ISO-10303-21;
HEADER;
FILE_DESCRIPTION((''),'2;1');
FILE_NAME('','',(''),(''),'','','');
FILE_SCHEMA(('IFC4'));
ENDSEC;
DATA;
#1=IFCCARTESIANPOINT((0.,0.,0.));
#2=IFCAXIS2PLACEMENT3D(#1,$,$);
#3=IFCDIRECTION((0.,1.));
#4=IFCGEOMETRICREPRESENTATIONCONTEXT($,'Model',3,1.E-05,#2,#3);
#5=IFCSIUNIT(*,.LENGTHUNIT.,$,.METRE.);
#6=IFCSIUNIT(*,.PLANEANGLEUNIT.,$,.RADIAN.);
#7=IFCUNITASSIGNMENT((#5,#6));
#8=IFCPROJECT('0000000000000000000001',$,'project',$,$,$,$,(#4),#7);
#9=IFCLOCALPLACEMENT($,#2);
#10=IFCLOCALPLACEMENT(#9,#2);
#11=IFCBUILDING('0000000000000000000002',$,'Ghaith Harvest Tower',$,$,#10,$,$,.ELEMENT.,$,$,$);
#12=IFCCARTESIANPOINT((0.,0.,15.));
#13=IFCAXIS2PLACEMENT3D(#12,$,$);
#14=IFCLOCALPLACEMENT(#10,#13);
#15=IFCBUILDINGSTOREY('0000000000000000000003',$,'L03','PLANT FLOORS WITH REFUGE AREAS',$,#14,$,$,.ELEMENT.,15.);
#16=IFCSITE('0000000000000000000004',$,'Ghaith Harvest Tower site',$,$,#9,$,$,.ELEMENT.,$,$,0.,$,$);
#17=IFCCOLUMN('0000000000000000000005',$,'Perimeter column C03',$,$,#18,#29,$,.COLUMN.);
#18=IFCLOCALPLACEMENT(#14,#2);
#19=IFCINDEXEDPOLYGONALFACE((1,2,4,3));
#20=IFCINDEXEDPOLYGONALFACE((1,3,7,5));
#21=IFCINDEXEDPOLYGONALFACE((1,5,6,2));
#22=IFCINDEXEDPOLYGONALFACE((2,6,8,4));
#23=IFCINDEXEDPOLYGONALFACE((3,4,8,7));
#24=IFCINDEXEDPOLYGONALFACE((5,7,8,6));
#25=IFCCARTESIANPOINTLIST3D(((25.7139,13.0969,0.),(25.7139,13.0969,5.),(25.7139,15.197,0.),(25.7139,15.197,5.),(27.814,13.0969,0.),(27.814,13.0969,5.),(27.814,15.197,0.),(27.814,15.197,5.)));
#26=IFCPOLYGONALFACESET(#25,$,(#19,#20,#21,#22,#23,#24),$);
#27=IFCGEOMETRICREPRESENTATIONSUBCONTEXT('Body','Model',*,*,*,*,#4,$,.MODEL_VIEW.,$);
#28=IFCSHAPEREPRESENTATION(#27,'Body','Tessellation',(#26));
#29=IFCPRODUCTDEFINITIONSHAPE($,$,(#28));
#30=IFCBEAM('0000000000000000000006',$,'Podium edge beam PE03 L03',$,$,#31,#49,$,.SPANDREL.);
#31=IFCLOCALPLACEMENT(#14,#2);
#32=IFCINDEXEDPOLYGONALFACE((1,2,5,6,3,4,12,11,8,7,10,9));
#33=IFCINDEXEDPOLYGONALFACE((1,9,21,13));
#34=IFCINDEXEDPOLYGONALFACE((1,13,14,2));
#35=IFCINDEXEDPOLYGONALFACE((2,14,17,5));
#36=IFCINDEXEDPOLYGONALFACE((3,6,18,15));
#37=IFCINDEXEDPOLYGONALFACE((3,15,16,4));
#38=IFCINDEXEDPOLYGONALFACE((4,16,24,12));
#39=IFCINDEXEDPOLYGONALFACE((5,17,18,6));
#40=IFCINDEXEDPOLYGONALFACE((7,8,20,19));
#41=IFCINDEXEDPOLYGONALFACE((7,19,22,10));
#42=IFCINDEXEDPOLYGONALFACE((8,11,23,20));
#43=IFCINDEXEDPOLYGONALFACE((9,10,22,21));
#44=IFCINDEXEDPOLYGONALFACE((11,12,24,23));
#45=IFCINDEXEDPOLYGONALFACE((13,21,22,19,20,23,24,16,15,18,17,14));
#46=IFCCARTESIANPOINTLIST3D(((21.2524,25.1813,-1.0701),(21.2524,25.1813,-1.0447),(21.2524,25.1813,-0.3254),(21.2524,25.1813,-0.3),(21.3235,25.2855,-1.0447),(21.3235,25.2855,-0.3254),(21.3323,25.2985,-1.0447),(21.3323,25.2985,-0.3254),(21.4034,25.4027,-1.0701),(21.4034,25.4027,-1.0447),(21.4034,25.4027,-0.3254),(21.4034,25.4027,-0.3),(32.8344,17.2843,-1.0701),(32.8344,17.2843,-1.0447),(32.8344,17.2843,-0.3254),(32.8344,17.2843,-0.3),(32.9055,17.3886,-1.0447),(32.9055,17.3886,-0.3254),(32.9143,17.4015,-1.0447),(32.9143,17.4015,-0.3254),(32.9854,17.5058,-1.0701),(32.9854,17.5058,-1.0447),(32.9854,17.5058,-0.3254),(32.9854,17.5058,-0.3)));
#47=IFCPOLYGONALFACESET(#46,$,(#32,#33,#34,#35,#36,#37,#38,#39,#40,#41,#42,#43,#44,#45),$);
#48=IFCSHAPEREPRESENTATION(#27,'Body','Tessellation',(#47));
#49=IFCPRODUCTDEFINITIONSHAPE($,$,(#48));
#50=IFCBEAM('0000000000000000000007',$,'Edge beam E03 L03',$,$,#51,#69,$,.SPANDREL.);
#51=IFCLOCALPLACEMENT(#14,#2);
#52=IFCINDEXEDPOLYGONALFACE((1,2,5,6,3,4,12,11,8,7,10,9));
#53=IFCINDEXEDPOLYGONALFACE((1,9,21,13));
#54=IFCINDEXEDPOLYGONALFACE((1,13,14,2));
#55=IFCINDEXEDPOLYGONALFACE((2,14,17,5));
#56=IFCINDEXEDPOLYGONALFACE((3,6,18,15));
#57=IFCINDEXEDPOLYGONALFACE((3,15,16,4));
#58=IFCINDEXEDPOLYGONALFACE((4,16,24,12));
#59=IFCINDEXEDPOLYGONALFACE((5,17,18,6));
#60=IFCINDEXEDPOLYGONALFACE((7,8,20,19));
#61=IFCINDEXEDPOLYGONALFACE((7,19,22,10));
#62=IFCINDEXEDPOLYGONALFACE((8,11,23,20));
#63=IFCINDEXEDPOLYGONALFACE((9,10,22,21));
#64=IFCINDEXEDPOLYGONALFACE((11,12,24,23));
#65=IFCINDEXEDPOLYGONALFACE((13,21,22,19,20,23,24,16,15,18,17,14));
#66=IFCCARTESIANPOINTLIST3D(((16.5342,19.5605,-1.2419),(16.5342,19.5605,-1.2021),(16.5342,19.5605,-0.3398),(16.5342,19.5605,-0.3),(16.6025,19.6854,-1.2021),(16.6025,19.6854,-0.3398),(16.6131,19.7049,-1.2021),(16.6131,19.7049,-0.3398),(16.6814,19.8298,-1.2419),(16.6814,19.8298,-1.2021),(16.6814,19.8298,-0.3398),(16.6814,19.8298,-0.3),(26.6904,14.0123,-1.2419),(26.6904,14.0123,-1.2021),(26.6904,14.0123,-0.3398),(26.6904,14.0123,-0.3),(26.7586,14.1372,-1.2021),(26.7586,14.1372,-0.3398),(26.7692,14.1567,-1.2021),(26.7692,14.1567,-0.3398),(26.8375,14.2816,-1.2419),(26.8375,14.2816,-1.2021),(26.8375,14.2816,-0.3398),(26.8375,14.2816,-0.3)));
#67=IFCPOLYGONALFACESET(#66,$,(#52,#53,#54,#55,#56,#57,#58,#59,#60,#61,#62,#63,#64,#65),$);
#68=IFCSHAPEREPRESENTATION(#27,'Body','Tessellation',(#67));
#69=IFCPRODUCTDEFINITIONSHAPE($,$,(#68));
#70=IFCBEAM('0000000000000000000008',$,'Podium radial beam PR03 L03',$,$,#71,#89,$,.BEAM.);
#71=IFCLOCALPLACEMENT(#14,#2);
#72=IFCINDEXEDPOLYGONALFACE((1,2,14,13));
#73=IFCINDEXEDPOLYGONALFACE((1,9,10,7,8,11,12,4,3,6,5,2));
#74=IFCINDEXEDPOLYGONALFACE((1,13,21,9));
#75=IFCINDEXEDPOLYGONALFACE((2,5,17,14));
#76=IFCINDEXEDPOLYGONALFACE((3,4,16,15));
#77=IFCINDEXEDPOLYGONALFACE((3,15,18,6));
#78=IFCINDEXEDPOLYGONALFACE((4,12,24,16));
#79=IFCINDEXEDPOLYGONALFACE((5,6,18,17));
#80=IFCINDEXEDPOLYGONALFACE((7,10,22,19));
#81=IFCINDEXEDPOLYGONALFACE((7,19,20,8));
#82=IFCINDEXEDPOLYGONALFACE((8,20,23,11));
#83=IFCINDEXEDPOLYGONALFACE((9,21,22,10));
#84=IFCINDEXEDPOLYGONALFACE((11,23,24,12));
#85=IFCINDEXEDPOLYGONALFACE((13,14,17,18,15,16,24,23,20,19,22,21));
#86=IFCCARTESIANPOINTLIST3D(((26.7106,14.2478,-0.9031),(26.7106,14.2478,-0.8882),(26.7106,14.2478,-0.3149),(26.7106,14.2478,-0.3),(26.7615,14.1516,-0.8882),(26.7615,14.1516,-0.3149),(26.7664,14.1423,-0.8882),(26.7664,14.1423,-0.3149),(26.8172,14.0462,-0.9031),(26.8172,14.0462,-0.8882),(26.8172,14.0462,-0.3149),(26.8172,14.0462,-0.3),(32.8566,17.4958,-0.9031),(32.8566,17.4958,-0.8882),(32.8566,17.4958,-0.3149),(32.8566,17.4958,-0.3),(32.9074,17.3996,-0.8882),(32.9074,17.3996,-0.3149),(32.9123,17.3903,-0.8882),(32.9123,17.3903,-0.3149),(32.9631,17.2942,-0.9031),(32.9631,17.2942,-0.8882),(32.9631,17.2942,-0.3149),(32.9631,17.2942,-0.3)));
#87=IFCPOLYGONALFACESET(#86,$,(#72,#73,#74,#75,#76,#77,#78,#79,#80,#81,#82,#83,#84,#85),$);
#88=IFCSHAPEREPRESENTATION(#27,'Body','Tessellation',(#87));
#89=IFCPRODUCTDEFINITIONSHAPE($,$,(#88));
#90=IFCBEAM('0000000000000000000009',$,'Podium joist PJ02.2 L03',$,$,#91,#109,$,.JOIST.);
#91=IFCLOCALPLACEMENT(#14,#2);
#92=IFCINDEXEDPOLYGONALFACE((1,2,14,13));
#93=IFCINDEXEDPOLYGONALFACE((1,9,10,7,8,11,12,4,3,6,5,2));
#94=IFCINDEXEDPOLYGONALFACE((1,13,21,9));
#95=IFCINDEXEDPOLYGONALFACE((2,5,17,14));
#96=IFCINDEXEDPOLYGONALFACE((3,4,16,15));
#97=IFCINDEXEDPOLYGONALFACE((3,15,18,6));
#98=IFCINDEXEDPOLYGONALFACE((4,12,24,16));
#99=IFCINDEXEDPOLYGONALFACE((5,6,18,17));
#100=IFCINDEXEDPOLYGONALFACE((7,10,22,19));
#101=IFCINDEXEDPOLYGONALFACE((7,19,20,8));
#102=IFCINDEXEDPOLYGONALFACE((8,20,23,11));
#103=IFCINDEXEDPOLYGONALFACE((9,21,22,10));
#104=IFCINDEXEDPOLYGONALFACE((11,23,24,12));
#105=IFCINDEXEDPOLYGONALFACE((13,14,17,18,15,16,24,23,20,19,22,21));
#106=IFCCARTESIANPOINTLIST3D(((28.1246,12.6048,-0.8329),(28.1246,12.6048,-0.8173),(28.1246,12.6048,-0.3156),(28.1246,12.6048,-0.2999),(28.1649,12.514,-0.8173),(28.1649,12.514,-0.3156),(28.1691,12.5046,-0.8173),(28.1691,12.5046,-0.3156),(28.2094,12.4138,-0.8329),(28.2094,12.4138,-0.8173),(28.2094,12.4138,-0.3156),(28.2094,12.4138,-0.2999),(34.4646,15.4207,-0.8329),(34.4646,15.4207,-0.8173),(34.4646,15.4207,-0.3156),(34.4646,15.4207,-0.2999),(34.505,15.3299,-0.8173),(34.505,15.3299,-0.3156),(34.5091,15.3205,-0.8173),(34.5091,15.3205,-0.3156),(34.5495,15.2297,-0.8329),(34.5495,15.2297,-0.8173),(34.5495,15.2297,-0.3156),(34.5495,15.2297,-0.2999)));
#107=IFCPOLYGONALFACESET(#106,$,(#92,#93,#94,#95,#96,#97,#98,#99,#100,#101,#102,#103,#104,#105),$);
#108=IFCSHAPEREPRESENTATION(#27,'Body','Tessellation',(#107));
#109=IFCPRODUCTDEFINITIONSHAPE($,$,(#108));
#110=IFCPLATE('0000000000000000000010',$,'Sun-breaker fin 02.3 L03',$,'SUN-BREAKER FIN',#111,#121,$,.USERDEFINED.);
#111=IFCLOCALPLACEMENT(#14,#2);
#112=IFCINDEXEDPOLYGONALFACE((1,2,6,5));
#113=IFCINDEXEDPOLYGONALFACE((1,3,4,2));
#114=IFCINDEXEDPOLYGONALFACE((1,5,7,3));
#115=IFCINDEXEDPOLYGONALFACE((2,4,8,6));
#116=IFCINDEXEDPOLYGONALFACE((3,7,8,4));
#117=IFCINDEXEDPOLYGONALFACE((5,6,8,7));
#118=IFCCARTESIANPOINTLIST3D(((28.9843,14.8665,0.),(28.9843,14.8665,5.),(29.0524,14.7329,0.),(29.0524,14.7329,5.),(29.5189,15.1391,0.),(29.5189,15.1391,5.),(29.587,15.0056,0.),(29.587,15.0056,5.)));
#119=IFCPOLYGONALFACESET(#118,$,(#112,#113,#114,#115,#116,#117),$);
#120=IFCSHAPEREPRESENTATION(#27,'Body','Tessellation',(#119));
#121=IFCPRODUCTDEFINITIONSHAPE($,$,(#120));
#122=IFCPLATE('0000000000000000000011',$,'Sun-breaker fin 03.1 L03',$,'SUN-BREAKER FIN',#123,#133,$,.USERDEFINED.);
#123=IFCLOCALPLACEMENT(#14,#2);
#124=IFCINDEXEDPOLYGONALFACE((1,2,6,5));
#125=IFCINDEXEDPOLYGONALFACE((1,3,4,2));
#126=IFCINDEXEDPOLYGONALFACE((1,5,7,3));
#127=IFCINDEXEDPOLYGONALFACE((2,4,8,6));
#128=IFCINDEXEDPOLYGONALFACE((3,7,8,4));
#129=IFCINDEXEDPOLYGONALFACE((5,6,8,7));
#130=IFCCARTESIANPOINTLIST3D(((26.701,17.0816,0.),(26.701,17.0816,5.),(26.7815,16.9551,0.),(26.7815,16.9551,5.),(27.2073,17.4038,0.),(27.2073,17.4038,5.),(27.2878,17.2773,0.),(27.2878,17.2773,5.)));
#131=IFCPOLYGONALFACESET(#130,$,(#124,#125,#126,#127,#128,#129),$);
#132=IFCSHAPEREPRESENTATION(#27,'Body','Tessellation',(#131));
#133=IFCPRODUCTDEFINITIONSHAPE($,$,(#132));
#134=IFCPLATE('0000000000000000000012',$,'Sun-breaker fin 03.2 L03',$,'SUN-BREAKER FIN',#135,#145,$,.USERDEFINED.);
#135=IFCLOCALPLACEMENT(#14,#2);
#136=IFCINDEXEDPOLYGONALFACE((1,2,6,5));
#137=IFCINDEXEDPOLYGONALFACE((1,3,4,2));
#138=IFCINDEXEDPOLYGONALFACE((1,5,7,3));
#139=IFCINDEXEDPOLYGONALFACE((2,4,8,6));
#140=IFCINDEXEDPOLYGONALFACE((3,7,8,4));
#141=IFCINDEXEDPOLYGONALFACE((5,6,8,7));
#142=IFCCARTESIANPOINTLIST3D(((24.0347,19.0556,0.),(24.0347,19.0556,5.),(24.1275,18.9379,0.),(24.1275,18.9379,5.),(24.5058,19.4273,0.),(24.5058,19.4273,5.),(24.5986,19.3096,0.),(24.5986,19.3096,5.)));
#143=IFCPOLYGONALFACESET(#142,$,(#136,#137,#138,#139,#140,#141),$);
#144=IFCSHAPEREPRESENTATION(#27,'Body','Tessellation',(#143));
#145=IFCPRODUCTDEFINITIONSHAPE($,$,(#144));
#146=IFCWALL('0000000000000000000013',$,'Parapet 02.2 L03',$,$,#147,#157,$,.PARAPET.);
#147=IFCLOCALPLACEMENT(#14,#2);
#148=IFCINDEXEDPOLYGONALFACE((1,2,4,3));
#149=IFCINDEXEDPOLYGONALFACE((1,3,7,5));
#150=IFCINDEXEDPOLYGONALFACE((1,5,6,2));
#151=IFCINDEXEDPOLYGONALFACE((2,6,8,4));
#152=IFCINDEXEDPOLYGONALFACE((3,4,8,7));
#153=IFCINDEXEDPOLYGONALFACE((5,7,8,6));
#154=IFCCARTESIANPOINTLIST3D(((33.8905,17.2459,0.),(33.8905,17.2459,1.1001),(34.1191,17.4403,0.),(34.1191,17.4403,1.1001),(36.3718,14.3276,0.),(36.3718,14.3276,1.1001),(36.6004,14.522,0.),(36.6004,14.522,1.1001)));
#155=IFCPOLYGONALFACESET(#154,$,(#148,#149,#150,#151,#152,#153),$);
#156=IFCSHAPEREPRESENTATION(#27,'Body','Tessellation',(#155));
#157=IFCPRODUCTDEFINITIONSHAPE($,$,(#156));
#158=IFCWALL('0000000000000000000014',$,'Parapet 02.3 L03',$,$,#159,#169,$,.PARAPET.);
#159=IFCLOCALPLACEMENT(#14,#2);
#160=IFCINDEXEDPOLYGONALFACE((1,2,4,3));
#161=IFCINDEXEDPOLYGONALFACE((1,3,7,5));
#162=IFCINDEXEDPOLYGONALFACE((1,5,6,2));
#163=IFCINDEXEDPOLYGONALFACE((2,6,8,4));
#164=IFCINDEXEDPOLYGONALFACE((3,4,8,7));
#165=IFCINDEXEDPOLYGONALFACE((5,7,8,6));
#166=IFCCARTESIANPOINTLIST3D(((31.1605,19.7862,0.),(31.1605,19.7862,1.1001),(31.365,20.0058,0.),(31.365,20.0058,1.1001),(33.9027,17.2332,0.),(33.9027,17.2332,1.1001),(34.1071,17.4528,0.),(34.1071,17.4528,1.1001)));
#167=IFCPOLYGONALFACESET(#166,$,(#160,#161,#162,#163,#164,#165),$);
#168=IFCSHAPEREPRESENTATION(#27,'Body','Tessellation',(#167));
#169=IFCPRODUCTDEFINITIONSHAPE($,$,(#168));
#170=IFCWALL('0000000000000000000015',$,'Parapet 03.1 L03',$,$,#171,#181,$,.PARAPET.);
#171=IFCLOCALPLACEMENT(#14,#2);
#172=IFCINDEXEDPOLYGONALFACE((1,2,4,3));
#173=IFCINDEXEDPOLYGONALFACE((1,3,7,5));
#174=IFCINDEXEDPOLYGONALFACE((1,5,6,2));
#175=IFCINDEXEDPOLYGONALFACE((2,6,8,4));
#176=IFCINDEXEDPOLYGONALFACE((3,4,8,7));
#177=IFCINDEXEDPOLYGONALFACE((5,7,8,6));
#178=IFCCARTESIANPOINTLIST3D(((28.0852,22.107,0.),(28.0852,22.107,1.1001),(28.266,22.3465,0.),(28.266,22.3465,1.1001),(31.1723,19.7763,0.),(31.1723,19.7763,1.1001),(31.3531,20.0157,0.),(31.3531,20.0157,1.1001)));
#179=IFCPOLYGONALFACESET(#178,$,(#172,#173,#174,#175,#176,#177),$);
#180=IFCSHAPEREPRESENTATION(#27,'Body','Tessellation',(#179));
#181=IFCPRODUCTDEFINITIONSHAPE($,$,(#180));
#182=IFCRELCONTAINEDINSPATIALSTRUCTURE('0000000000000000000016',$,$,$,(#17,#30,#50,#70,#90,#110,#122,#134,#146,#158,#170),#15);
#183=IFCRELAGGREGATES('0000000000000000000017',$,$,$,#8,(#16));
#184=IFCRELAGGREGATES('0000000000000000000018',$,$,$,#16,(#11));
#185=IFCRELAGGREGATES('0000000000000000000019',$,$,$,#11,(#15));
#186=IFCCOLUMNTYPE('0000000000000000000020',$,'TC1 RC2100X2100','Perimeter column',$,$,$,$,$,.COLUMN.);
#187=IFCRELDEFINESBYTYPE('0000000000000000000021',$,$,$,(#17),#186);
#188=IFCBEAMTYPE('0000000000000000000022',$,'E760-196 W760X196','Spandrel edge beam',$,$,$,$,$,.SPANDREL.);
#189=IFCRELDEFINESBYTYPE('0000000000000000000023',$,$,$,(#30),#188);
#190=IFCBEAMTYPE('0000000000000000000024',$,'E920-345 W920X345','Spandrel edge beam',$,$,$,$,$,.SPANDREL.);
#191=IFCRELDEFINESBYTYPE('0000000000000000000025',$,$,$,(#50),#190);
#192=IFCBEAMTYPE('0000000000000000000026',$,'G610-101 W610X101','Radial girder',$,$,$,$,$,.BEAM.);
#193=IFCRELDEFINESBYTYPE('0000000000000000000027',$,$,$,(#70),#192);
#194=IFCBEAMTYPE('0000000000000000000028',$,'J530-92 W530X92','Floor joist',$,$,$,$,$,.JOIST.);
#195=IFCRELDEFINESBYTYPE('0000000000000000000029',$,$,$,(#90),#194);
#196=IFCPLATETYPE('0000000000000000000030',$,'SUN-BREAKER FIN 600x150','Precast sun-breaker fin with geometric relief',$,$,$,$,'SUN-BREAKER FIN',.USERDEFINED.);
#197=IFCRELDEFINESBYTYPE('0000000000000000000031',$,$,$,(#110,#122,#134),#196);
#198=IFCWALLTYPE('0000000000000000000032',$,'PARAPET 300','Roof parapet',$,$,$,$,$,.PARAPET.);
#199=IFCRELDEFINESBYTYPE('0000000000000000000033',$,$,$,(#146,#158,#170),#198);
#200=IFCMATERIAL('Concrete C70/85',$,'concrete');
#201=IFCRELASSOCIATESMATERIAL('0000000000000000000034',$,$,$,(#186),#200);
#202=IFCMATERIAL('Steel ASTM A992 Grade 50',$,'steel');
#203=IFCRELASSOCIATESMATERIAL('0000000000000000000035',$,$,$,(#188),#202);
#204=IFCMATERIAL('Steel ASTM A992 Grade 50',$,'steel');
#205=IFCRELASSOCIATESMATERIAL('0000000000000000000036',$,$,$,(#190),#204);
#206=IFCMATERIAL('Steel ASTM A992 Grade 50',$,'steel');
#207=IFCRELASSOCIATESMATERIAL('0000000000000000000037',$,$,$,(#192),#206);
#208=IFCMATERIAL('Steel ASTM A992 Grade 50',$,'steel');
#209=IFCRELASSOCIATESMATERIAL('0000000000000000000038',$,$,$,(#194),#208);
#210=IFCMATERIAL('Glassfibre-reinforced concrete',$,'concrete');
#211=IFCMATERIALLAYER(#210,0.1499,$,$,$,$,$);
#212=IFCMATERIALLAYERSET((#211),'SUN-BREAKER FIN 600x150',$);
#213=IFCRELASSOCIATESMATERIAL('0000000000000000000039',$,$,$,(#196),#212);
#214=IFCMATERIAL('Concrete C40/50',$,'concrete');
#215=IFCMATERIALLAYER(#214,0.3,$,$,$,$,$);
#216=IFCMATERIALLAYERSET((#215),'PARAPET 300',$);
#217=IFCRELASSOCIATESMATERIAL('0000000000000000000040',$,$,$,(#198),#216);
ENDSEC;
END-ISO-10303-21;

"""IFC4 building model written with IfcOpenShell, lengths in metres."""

from ifc_helpers import new_model, si_unit, direction, frame, frame_2d, origin, origin_2d, place, context, subcontext, project, spatial, rectangle, i_section, extrude, material, layer, layer_set, material_profile, profile_set, type_object, element, save


model = new_model("IFC4")

# Units and contexts
model_context = context("Model", 3, precision=1e-05, world=origin(), true_north=direction((0.0, 1.0)))
body_context = subcontext(model_context, "Body", "Model", "MODEL_VIEW")
ifc_project = project(units=[si_unit("LENGTHUNIT", "METRE"), si_unit("PLANEANGLEUNIT", "RADIAN")], contexts=[model_context])

# Site, building, storey
site_placement = place(None, origin())
site = spatial("IfcSite", under=ifc_project, at=site_placement, Name="Ghaith Harvest Tower site", CompositionType="ELEMENT", RefElevation=0.0)
building_placement = place(site_placement, origin())
building = spatial("IfcBuilding", under=site, at=building_placement, Name="Ghaith Harvest Tower", CompositionType="ELEMENT")
storey_placement = place(building_placement, frame((0.0, 0.0, 15.0)))
storey = spatial("IfcBuildingStorey", under=building, at=storey_placement, Name="L03", Description="PLANT FLOORS WITH REFUGE AREAS", CompositionType="ELEMENT", Elevation=15.0)

# Column
ifc_material_1 = material(Name="Concrete C70/85", Category="concrete")
ifc_material_profile_1 = material_profile(ifc_material_1, rectangle(XDim=2.1001, YDim=2.1001, at=origin_2d()), Name="RC2100X2100")
ifc_profile_set_1 = profile_set([ifc_material_profile_1], Name="Concrete C70/85")
column_type = type_object("IfcColumnType", Name="TC1 RC2100X2100", Description="Perimeter column", PredefinedType="COLUMN", material=ifc_profile_set_1)
column_placement = place(storey_placement, frame((26.7639, 14.147, 0.0), z_axis=(0.0, 0.0, 1.0), x_axis=(1.0, 0.0, 0.0)))
element("IfcColumn", 1, at=column_placement, inside=storey, type_object=column_type, Name="Perimeter column C03", PredefinedType="COLUMN", context=body_context, shape_type="SweptSolid", body=[
    extrude(rectangle(XDim=2.1001, YDim=2.1001, at=origin_2d()), origin(), (0.0, 0.0, 1.0), 5.0),
])

# Beams
ifc_material_2 = material(Name="Steel ASTM A992 Grade 50", Category="steel")
ifc_material_profile_2 = material_profile(ifc_material_2, i_section(OverallWidth=0.2681, OverallDepth=0.77, WebThickness=0.0156, FlangeThickness=0.0254, at=origin_2d()), Name="W760X196")
ifc_profile_set_2 = profile_set([ifc_material_profile_2], Name="Steel ASTM A992 Grade 50")
beam_type_1 = type_object("IfcBeamType", Name="E760-196 W760X196", Description="Spandrel edge beam", PredefinedType="SPANDREL", material=ifc_profile_set_2)
beam_1_placement = place(storey_placement, frame((32.9099, 17.395, -0.6851), z_axis=(-0.826223, 0.563343, 0.0), x_axis=(-0.563343, -0.826223, 0.0)))
element("IfcBeam", 2, at=beam_1_placement, inside=storey, type_object=beam_type_1, Name="Podium edge beam PE03 L03", PredefinedType="SPANDREL", context=body_context, shape_type="SweptSolid", body=[
    extrude(i_section(OverallWidth=0.2681, OverallDepth=0.77, WebThickness=0.0156, FlangeThickness=0.0254, at=origin_2d()), origin(), (0.0, 0.0, 1.0), 14.0181),
])
ifc_material_3 = material(Name="Steel ASTM A992 Grade 50", Category="steel")
ifc_material_profile_3 = material_profile(ifc_material_3, i_section(OverallWidth=0.3069, OverallDepth=0.9419, WebThickness=0.0222, FlangeThickness=0.0398, at=origin_2d()), Name="W920X345")
ifc_profile_set_3 = profile_set([ifc_material_profile_3], Name="Steel ASTM A992 Grade 50")
beam_type_2 = type_object("IfcBeamType", Name="E920-345 W920X345", Description="Spandrel edge beam", PredefinedType="SPANDREL", material=ifc_profile_set_3)
beam_2_placement = place(storey_placement, frame((26.7639, 14.147, -0.771), z_axis=(-0.877588, 0.479415, 0.0), x_axis=(-0.479415, -0.877588, 0.0)))
element("IfcBeam", 3, at=beam_2_placement, inside=storey, type_object=beam_type_2, Name="Edge beam E03 L03", PredefinedType="SPANDREL", context=body_context, shape_type="SweptSolid", body=[
    extrude(i_section(OverallWidth=0.3069, OverallDepth=0.9419, WebThickness=0.0222, FlangeThickness=0.0398, at=origin_2d()), origin(), (0.0, 0.0, 1.0), 11.5728),
])
ifc_material_4 = material(Name="Steel ASTM A992 Grade 50", Category="steel")
ifc_material_profile_4 = material_profile(ifc_material_4, i_section(OverallWidth=0.228, OverallDepth=0.603, WebThickness=0.0105, FlangeThickness=0.0149, at=origin_2d()), Name="W610X101")
ifc_profile_set_4 = profile_set([ifc_material_profile_4], Name="Steel ASTM A992 Grade 50")
beam_type_3 = type_object("IfcBeamType", Name="G610-101 W610X101", Description="Radial girder", PredefinedType="BEAM", material=ifc_profile_set_4)
beam_3_placement = place(storey_placement, frame((26.7639, 14.147, -0.6016), z_axis=(0.884128, 0.467245, 0.0), x_axis=(-0.467245, 0.884128, 0.0)))
element("IfcBeam", 4, at=beam_3_placement, inside=storey, type_object=beam_type_3, Name="Podium radial beam PR03 L03", PredefinedType="BEAM", context=body_context, shape_type="SweptSolid", body=[
    extrude(i_section(OverallWidth=0.228, OverallDepth=0.603, WebThickness=0.0105, FlangeThickness=0.0149, at=origin_2d()), origin(), (0.0, 0.0, 1.0), 6.9514),
])
ifc_material_5 = material(Name="Steel ASTM A992 Grade 50", Category="steel")
ifc_material_profile_5 = material_profile(ifc_material_5, i_section(OverallWidth=0.209, OverallDepth=0.533, WebThickness=0.0103, FlangeThickness=0.0156, at=origin_2d()), Name="W530X92")
ifc_profile_set_5 = profile_set([ifc_material_profile_5], Name="Steel ASTM A992 Grade 50")
beam_type_4 = type_object("IfcBeamType", Name="J530-92 W530X92", Description="Floor joist", PredefinedType="JOIST", material=ifc_profile_set_5)
beam_4_placement = place(storey_placement, frame((28.167, 12.5093, -0.5664), z_axis=(0.913913, 0.40591, 0.0), x_axis=(-0.40591, 0.913913, 0.0)))
element("IfcBeam", 5, at=beam_4_placement, inside=storey, type_object=beam_type_4, Name="Podium joist PJ02.2 L03", PredefinedType="JOIST", context=body_context, shape_type="SweptSolid", body=[
    extrude(i_section(OverallWidth=0.209, OverallDepth=0.533, WebThickness=0.0103, FlangeThickness=0.0156, at=origin_2d()), origin(), (0.0, 0.0, 1.0), 6.9373),
])

# Plates
ifc_material_6 = material(Name="Glassfibre-reinforced concrete", Category="concrete")
ifc_layer_1 = layer(ifc_material_6, 0.1499)
ifc_layer_set_1 = layer_set([ifc_layer_1], Name="SUN-BREAKER FIN 600x150")
plate_type = type_object("IfcPlateType", Name="SUN-BREAKER FIN 600x150", Description="Precast sun-breaker fin with geometric relief", ElementType="SUN-BREAKER FIN", PredefinedType="USERDEFINED", material=ifc_layer_set_1)
for number, where, z_axis, x_axis, name in (
    (6, (29.2856, 14.936, 0.0), (0.0, 0.0, 1.0), (0.890831, 0.454335, 0.0), "Sun-breaker fin 02.3 L03"),
    (7, (26.9944, 17.1794, 0.0), (0.0, 0.0, 1.0), (0.843644, 0.536903, 0.0), "Sun-breaker fin 03.1 L03"),
    (8, (24.3167, 19.1826, 0.0), (0.0, 0.0, 1.0), (0.785115, 0.61935, 0.0), "Sun-breaker fin 03.2 L03"),
):
    element("IfcPlate", number, at=place(storey_placement, frame(where, z_axis=z_axis, x_axis=x_axis)), inside=storey, type_object=plate_type, Name=name, ObjectType="SUN-BREAKER FIN", PredefinedType="USERDEFINED", context=body_context, shape_type="SweptSolid", body=[
        extrude(rectangle(XDim=0.6001, YDim=0.1499, at=origin_2d()), origin(), (0.0, 0.0, 1.0), 5.0),
    ])

# Walls
ifc_material_7 = material(Name="Concrete C40/50", Category="concrete")
ifc_layer_2 = layer(ifc_material_7, 0.3)
ifc_layer_set_2 = layer_set([ifc_layer_2], Name="PARAPET 300")
wall_type_1 = type_object("IfcWallType", Name="PARAPET 300", Description="Roof parapet", PredefinedType="PARAPET", material=ifc_layer_set_2)
wall_1_placement = place(storey_placement, frame((36.4861, 14.4248, 0.0), z_axis=(0.0, 0.0, 1.0), x_axis=(-0.647758, 0.761847, 0.0)))
element("IfcWall", 9, at=wall_1_placement, inside=storey, type_object=wall_type_1, Name="Parapet 02.2 L03", PredefinedType="PARAPET", context=body_context, shape_type="SweptSolid", body=[
    extrude(rectangle(XDim=3.8306, YDim=0.3, at=frame_2d((1.9153, 0.0))), origin(), (0.0, 0.0, 1.0), 1.1001),
])
wall_2_placement = place(storey_placement, frame((34.0049, 17.343, 0.0), z_axis=(0.0, 0.0, 1.0), x_axis=(-0.731906, 0.681405, 0.0)))
element("IfcWall", 10, at=wall_2_placement, inside=storey, type_object=wall_type_1, Name="Parapet 02.3 L03", PredefinedType="PARAPET", context=body_context, shape_type="SweptSolid", body=[
    extrude(rectangle(XDim=3.7466, YDim=0.3, at=frame_2d((1.8733, 0.0))), origin(), (0.0, 0.0, 1.0), 1.1001),
])
wall_3_placement = place(storey_placement, frame((31.2627, 19.896, 0.0), z_axis=(0.0, 0.0, 1.0), x_axis=(-0.79808, 0.602552, 0.0)))
element("IfcWall", 11, at=wall_3_placement, inside=storey, type_object=wall_type_1, Name="Parapet 03.1 L03", PredefinedType="PARAPET", context=body_context, shape_type="SweptSolid", body=[
    extrude(rectangle(XDim=3.8682, YDim=0.3, at=frame_2d((1.9341, 0.0))), origin(), (0.0, 0.0, 1.0), 1.1001),
])

save(model, "model.ifc")
